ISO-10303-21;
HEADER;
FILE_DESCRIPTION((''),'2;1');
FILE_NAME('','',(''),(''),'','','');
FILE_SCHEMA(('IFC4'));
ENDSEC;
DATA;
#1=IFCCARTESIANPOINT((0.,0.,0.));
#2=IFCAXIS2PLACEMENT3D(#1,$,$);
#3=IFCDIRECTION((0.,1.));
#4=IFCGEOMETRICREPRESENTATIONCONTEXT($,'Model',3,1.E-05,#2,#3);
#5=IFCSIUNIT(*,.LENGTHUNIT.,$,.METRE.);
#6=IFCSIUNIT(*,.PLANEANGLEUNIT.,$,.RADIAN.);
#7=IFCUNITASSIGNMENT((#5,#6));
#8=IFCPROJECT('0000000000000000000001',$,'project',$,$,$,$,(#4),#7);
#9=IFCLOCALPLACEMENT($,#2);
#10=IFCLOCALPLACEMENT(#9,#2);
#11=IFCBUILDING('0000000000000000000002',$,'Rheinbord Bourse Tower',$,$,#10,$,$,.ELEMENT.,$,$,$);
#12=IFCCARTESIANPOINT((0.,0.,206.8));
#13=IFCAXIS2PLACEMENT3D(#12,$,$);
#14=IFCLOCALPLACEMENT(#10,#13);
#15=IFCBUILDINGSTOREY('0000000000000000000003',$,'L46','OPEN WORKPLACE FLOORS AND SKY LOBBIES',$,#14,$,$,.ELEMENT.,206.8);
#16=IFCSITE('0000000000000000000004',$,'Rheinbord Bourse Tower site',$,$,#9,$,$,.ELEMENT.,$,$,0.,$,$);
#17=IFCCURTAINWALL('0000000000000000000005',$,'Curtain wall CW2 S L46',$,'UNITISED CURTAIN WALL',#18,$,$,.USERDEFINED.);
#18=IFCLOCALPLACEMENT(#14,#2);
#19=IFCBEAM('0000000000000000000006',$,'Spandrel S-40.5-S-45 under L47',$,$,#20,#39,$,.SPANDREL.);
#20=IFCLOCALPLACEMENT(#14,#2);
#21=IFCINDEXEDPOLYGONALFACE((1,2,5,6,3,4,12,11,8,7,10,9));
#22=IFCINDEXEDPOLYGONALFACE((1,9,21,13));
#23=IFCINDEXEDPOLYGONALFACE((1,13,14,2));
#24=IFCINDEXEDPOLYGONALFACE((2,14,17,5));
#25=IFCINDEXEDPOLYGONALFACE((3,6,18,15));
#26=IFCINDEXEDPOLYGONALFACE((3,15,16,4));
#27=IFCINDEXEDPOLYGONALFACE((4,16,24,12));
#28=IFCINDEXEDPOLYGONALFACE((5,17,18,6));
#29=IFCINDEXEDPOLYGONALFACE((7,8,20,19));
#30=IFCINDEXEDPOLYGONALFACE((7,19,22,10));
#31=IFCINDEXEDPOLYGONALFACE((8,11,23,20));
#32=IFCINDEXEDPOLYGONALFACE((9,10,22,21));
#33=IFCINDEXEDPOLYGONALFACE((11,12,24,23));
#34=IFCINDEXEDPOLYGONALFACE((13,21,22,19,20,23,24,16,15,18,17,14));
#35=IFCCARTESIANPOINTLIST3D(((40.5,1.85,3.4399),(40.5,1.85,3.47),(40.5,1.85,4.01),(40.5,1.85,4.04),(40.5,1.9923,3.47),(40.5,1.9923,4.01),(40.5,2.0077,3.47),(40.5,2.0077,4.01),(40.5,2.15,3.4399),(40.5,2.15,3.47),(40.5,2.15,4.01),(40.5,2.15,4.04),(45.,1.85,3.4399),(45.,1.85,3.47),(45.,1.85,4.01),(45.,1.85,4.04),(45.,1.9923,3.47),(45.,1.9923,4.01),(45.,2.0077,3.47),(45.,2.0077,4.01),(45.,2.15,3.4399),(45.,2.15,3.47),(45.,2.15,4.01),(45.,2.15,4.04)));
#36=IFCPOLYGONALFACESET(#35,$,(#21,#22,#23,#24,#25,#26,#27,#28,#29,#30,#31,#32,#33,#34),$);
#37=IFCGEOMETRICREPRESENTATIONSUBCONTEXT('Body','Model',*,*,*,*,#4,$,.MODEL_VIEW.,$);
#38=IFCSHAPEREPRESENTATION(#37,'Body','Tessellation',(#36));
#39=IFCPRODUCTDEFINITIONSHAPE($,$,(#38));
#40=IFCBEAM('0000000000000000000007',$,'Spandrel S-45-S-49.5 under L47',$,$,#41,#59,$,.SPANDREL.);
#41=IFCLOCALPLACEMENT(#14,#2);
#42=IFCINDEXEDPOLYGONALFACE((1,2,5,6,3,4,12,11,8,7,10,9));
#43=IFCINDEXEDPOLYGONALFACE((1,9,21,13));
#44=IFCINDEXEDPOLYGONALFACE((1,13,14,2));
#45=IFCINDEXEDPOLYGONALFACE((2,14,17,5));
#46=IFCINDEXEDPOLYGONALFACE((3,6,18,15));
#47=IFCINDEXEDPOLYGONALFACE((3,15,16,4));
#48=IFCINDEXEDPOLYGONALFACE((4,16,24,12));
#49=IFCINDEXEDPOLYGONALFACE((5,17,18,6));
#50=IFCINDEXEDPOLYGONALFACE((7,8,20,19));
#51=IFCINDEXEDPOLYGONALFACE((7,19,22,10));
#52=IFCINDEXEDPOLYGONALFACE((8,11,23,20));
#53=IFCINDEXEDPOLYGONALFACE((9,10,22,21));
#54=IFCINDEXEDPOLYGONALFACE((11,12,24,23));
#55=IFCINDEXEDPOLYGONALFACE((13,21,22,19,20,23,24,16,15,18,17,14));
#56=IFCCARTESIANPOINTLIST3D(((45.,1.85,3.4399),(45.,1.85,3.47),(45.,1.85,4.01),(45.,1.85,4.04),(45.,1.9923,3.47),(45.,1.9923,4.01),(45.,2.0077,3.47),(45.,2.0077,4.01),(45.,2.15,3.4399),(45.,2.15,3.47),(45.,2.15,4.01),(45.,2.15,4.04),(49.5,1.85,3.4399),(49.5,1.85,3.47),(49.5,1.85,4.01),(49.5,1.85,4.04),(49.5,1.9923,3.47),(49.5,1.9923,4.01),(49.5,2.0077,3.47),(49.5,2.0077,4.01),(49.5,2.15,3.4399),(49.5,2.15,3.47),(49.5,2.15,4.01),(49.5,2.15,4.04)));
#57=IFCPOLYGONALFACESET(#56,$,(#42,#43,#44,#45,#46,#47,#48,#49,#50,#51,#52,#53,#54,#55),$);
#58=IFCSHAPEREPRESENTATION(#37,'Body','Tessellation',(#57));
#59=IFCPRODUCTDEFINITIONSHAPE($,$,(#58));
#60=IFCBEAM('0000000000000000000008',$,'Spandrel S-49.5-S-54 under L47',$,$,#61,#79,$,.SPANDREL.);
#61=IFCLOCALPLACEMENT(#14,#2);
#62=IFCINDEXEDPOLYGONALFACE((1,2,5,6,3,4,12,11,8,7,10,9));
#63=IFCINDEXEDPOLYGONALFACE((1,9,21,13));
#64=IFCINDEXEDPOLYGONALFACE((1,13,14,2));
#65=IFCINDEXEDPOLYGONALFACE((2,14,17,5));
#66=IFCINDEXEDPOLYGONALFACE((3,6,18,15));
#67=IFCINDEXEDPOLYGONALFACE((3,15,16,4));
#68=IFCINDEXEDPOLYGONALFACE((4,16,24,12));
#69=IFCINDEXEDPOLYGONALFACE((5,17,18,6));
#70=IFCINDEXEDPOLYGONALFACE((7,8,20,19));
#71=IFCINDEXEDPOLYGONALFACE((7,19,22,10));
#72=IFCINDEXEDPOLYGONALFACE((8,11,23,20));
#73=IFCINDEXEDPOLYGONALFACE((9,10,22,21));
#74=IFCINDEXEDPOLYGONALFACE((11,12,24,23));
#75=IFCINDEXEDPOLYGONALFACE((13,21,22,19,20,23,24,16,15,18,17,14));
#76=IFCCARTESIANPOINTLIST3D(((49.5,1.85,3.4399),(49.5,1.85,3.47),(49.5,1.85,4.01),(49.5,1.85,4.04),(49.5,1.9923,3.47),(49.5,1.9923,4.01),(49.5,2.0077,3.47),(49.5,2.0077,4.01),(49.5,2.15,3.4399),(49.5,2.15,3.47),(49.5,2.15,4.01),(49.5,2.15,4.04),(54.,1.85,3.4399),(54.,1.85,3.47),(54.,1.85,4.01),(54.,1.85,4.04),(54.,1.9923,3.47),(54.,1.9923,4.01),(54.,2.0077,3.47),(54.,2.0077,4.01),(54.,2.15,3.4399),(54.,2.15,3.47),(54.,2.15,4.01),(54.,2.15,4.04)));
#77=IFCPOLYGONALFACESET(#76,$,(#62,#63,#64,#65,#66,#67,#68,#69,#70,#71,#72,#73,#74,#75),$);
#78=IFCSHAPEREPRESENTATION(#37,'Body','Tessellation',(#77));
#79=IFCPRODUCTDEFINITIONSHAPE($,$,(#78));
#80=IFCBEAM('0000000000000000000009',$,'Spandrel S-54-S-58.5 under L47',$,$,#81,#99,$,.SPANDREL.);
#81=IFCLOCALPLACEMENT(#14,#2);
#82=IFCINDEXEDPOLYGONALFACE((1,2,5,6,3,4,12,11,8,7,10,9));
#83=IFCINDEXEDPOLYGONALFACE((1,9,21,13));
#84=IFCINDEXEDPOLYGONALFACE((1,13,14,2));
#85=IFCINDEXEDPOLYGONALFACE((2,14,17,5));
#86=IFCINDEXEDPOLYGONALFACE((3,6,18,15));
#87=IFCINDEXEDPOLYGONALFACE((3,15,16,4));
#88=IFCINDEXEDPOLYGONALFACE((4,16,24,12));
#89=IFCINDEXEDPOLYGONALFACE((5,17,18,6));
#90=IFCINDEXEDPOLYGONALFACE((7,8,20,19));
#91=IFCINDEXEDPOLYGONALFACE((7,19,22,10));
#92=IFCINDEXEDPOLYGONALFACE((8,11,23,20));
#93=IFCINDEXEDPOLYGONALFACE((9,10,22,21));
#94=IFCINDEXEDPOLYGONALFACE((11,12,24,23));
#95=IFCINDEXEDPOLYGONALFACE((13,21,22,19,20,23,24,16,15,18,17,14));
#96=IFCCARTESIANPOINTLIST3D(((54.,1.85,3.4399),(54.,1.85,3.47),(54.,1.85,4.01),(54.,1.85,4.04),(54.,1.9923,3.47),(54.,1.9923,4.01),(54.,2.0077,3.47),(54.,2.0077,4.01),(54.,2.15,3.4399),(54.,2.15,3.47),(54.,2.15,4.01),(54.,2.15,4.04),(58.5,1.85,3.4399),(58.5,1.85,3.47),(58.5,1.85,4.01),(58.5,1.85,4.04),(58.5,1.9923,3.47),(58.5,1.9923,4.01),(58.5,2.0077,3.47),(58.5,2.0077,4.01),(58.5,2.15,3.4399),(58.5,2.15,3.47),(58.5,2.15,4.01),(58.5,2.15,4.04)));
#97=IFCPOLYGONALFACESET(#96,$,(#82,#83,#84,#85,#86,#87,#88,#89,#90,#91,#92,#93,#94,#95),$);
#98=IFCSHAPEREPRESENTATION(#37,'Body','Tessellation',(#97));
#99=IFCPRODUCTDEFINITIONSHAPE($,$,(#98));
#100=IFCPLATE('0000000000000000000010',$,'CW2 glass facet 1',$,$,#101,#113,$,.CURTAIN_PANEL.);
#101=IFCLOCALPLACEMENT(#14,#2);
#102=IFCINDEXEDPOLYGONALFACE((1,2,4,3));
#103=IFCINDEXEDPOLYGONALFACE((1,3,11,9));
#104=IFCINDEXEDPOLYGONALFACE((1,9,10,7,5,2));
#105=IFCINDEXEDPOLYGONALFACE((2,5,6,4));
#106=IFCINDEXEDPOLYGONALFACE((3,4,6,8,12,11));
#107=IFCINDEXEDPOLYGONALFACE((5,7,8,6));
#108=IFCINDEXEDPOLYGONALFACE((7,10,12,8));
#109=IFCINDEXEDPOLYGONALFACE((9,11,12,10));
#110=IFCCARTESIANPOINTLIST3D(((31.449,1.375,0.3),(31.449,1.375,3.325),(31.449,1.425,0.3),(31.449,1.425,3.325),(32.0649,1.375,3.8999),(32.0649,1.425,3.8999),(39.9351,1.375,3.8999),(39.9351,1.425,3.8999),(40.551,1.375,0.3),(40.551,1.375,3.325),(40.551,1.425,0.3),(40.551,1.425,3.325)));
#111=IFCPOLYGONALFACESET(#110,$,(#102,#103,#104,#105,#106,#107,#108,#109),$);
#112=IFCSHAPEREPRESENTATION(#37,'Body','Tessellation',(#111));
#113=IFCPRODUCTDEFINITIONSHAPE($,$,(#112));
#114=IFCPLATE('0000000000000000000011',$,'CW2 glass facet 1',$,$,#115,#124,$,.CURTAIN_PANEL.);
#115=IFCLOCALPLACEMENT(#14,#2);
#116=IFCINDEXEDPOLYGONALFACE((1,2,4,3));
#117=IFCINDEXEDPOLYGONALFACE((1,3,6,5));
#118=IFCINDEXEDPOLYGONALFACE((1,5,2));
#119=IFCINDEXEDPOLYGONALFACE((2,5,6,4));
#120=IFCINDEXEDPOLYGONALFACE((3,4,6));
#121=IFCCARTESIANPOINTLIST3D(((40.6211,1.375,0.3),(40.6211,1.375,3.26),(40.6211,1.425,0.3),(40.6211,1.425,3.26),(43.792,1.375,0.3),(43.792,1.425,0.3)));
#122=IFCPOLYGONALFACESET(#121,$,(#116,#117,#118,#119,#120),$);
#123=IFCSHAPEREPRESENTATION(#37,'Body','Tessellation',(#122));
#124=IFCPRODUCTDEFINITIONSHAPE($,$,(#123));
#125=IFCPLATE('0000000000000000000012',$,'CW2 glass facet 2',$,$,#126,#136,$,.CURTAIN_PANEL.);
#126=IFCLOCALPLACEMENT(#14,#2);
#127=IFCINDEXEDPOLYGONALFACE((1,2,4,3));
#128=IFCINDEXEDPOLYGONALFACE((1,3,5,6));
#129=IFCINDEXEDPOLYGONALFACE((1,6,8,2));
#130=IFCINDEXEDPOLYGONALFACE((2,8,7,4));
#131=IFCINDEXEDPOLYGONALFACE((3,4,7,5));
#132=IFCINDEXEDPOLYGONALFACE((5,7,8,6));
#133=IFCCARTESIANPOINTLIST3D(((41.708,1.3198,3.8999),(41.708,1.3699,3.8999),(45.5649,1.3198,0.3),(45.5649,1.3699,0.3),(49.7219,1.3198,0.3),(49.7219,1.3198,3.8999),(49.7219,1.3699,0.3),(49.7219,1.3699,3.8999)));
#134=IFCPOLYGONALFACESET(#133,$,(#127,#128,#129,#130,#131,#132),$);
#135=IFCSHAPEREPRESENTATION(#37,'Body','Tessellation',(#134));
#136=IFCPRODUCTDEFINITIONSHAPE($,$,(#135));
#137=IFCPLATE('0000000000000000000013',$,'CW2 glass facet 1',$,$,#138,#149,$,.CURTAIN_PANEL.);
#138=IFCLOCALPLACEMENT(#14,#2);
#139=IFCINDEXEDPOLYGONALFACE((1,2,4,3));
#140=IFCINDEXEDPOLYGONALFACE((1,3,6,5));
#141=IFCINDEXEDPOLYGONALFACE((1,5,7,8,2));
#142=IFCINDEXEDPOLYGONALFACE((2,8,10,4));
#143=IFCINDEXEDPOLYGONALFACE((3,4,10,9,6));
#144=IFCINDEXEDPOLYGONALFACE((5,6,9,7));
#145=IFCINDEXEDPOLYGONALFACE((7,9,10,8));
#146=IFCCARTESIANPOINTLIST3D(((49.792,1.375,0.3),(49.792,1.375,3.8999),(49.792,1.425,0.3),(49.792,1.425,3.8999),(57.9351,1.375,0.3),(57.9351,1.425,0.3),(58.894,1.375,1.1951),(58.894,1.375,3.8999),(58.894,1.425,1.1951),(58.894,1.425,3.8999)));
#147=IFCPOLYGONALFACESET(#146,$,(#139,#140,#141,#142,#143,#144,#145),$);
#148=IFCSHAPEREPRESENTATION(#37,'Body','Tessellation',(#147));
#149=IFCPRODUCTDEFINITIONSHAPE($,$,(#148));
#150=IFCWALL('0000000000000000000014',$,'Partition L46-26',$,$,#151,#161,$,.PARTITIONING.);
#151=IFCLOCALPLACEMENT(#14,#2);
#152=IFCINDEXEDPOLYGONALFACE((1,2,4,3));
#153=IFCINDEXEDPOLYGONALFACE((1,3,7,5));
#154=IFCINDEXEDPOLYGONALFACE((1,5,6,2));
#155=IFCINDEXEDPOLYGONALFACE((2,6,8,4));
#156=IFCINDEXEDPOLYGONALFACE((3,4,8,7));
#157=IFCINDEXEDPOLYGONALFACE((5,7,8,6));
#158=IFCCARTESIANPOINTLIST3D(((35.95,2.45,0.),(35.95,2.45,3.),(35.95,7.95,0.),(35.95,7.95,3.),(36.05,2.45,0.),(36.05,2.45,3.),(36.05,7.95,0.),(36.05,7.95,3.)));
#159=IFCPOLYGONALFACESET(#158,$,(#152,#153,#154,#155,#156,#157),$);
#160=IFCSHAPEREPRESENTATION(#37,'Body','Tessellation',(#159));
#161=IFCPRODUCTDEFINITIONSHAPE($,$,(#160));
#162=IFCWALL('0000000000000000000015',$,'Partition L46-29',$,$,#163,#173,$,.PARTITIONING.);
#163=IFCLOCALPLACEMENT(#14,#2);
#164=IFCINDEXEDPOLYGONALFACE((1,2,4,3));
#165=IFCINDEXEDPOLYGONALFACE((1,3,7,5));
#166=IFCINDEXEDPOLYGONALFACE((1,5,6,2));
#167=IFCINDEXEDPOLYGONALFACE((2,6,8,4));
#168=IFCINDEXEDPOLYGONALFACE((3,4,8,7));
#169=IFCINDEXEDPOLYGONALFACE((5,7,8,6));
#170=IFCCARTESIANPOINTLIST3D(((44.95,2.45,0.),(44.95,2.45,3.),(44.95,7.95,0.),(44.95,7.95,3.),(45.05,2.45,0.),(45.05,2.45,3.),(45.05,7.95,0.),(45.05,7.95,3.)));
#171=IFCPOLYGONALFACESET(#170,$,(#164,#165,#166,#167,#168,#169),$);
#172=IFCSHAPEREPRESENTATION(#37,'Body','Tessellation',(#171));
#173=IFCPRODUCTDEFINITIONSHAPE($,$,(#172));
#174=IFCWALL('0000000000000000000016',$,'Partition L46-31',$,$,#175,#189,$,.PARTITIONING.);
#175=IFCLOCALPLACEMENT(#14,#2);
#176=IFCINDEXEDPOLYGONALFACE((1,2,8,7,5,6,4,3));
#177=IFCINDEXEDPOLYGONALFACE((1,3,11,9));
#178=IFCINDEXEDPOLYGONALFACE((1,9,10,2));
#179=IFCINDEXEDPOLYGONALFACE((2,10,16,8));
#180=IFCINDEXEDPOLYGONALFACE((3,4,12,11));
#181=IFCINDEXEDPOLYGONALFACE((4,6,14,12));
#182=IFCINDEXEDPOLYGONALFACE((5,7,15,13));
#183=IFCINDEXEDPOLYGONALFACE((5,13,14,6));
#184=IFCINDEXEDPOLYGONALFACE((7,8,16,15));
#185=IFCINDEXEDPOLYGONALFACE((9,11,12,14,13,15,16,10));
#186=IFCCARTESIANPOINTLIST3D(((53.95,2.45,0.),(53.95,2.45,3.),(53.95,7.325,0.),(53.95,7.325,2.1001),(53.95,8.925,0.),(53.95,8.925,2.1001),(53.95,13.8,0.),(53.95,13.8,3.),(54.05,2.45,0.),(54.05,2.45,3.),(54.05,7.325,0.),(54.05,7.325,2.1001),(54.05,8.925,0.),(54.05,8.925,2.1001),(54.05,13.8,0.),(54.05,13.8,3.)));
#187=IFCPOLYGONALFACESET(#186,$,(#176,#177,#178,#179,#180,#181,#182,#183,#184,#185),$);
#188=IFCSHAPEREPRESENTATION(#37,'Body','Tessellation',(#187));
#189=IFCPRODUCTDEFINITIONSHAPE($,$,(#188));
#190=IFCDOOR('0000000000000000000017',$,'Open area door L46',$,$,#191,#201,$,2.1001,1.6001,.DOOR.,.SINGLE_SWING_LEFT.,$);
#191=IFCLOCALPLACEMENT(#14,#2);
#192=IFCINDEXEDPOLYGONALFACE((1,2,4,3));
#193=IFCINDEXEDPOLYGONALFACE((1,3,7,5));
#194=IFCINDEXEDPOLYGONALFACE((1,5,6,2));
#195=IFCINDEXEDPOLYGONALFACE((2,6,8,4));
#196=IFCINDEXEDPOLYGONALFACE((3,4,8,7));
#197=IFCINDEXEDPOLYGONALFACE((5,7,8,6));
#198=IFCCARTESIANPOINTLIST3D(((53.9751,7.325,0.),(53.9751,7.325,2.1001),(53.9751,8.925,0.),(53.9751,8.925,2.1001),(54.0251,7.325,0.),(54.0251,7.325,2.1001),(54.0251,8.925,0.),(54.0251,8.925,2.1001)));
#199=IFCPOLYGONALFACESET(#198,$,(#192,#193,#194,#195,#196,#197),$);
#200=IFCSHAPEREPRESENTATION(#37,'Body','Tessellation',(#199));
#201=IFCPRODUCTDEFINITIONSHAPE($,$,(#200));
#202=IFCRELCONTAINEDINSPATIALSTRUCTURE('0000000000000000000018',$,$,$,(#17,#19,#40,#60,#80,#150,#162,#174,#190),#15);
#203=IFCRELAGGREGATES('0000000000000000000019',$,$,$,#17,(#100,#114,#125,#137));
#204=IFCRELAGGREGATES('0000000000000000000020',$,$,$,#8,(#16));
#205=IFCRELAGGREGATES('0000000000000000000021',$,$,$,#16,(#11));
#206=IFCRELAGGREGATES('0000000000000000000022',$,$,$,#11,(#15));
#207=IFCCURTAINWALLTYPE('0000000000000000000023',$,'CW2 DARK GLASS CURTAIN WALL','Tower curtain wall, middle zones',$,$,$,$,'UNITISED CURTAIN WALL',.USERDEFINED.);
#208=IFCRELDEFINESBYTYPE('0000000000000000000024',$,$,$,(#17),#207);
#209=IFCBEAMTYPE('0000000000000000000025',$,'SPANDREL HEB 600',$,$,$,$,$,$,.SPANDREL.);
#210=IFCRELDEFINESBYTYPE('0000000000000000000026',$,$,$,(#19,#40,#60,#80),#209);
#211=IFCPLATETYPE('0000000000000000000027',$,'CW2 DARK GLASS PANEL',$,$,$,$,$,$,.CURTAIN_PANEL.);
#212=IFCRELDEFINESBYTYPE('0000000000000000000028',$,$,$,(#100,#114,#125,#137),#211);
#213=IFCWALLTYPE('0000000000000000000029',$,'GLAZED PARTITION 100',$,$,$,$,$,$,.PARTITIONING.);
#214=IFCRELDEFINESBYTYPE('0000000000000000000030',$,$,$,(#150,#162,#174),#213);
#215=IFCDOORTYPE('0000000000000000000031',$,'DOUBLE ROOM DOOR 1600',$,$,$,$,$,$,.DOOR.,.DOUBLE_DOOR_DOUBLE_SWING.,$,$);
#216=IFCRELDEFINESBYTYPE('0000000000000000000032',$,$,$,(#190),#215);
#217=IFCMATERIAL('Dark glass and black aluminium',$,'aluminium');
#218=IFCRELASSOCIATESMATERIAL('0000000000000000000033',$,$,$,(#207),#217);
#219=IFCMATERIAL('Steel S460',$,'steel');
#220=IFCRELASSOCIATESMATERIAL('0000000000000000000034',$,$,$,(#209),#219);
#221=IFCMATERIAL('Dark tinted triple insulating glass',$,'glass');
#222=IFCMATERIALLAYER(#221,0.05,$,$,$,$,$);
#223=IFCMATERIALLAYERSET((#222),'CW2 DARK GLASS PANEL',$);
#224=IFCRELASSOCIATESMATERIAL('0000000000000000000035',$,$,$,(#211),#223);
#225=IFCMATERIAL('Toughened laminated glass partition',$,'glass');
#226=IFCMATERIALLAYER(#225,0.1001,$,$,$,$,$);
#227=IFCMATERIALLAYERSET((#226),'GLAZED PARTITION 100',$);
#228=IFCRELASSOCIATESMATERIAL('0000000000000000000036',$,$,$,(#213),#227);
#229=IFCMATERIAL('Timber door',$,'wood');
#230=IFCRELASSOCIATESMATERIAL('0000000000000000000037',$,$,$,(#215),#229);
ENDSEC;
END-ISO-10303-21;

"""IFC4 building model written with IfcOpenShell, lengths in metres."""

from ifc_helpers import new_model, si_unit, direction, frame, frame_2d, origin, origin_2d, place, context, subcontext, project, spatial, polyline, rectangle, i_section, outline, extrude, material, layer, layer_set, material_profile, profile_set, type_object, element, fill, aggregate, save


model = new_model("IFC4")

# Units and contexts
model_context = context("Model", 3, precision=1e-05, world=origin(), true_north=direction((0.0, 1.0)))
body_context = subcontext(model_context, "Body", "Model", "MODEL_VIEW")
ifc_project = project(units=[si_unit("LENGTHUNIT", "METRE"), si_unit("PLANEANGLEUNIT", "RADIAN")], contexts=[model_context])

# Site, building, storey
site_placement = place(None, origin())
site = spatial("IfcSite", under=ifc_project, at=site_placement, Name="Rheinbord Bourse Tower site", CompositionType="ELEMENT", RefElevation=0.0)
building_placement = place(site_placement, origin())
building = spatial("IfcBuilding", under=site, at=building_placement, Name="Rheinbord Bourse Tower", CompositionType="ELEMENT")
storey_placement = place(building_placement, frame((0.0, 0.0, 206.8)))
storey = spatial("IfcBuildingStorey", under=building, at=storey_placement, Name="L46", Description="OPEN WORKPLACE FLOORS AND SKY LOBBIES", CompositionType="ELEMENT", Elevation=206.8)

# Curtain wall
ifc_material_1 = material(Name="Dark glass and black aluminium", Category="aluminium")
curtain_wall_type = type_object("IfcCurtainWallType", Name="CW2 DARK GLASS CURTAIN WALL", Description="Tower curtain wall, middle zones", ElementType="UNITISED CURTAIN WALL", PredefinedType="USERDEFINED", material=ifc_material_1)
curtain_wall_placement = place(storey_placement, origin())
curtain_wall = element("IfcCurtainWall", 1, at=curtain_wall_placement, inside=storey, type_object=curtain_wall_type, Name="Curtain wall CW2 S L46", ObjectType="UNITISED CURTAIN WALL", PredefinedType="USERDEFINED")

# Beams
ifc_material_2 = material(Name="Steel S460", Category="steel")
ifc_material_profile_1 = material_profile(ifc_material_2, i_section(OverallWidth=0.3, OverallDepth=0.6001, WebThickness=0.0154, FlangeThickness=0.03, at=origin_2d()), Name="HEB 600")
ifc_profile_set_1 = profile_set([ifc_material_profile_1], Name="Steel S460")
beam_type_1 = type_object("IfcBeamType", Name="SPANDREL HEB 600", PredefinedType="SPANDREL", material=ifc_profile_set_1)
for number, where, z_axis, x_axis, name in (
    (2, (40.5, 2.0, 3.74), (1.0, 0.0, 0.0), (0.0, 1.0, 0.0), "Spandrel S-40.5-S-45 under L47"),
    (3, (45.0, 2.0, 3.74), (1.0, 0.0, 0.0), (0.0, 1.0, 0.0), "Spandrel S-45-S-49.5 under L47"),
    (4, (49.5, 2.0, 3.74), (1.0, 0.0, 0.0), (0.0, 1.0, 0.0), "Spandrel S-49.5-S-54 under L47"),
    (5, (54.0, 2.0, 3.74), (1.0, 0.0, 0.0), (0.0, 1.0, 0.0), "Spandrel S-54-S-58.5 under L47"),
):
    element("IfcBeam", number, at=place(storey_placement, frame(where, z_axis=z_axis, x_axis=x_axis)), inside=storey, type_object=beam_type_1, Name=name, PredefinedType="SPANDREL", context=body_context, shape_type="SweptSolid", body=[
        extrude(i_section(OverallWidth=0.3, OverallDepth=0.6001, WebThickness=0.0154, FlangeThickness=0.03, at=origin_2d()), origin(), (0.0, 0.0, 1.0), 4.5),
    ])

# Plates
ifc_material_3 = material(Name="Dark tinted triple insulating glass", Category="glass")
ifc_layer_1 = layer(ifc_material_3, 0.05)
ifc_layer_set_1 = layer_set([ifc_layer_1], Name="CW2 DARK GLASS PANEL")
plate_type = type_object("IfcPlateType", Name="CW2 DARK GLASS PANEL", PredefinedType="CURTAIN_PANEL", material=ifc_layer_set_1)
plate_1_placement = place(storey_placement, frame((40.551, 1.375, 0.3), z_axis=(0.0, 1.0, 0.0), x_axis=(-1.0, 0.0, 0.0)))
plate_1 = element("IfcPlate", 6, at=plate_1_placement, type_object=plate_type, Name="CW2 glass facet 1", PredefinedType="CURTAIN_PANEL", context=body_context, shape_type="SweptSolid", body=[
    extrude(outline(polyline([(0.0, 0.0), (9.1021, 0.0), (9.1021, 3.0249), (8.4861, 3.5999), (0.616, 3.5999), (0.0, 3.0249), (0.0, 0.0)])), origin(), (0.0, 0.0, 1.0), 0.05),
])
plate_2_placement = place(storey_placement, frame((40.6211, 1.375, 0.3), z_axis=(0.0, 1.0, 0.0), x_axis=(0.0, 0.0, 1.0)))
plate_2 = element("IfcPlate", 7, at=plate_2_placement, type_object=plate_type, Name="CW2 glass facet 1", PredefinedType="CURTAIN_PANEL", context=body_context, shape_type="SweptSolid", body=[
    extrude(outline(polyline([(0.0, 0.0), (2.96, 0.0), (0.0, 3.1709), (0.0, 0.0)])), origin(), (0.0, 0.0, 1.0), 0.05),
])
plate_3_placement = place(storey_placement, frame((49.7219, 1.3198, 3.8999), z_axis=(0.0, 1.0, 0.0), x_axis=(0.0, 0.0, -1.0)))
plate_3 = element("IfcPlate", 8, at=plate_3_placement, type_object=plate_type, Name="CW2 glass facet 2", PredefinedType="CURTAIN_PANEL", context=body_context, shape_type="SweptSolid", body=[
    extrude(outline(polyline([(0.0, 0.0), (3.5999, 0.0), (3.5999, 4.157), (0.0, 8.0139), (0.0, 0.0)])), origin(), (0.0, 0.0, 1.0), 0.05),
])
plate_4_placement = place(storey_placement, frame((49.792, 1.375, 0.3), z_axis=(0.0, 1.0, 0.0), x_axis=(0.0, 0.0, 1.0)))
plate_4 = element("IfcPlate", 9, at=plate_4_placement, type_object=plate_type, Name="CW2 glass facet 1", PredefinedType="CURTAIN_PANEL", context=body_context, shape_type="SweptSolid", body=[
    extrude(outline(polyline([(0.0, 0.0), (3.5999, 0.0), (3.5999, 9.1021), (0.895, 9.1021), (0.0, 8.1431), (0.0, 0.0)])), origin(), (0.0, 0.0, 1.0), 0.05),
])
aggregate(curtain_wall, [plate_1, plate_2, plate_3, plate_4])

# Walls
ifc_material_4 = material(Name="Toughened laminated glass partition", Category="glass")
ifc_layer_2 = layer(ifc_material_4, 0.1001)
ifc_layer_set_2 = layer_set([ifc_layer_2], Name="GLAZED PARTITION 100")
wall_type = type_object("IfcWallType", Name="GLAZED PARTITION 100", PredefinedType="PARTITIONING", material=ifc_layer_set_2)
for number, where, z_axis, x_axis, name in (
    (10, (36.0, 2.45, 0.0), (0.0, 0.0, 1.0), (0.0, 1.0, 0.0), "Partition L46-26"),
    (11, (45.0, 2.45, 0.0), (0.0, 0.0, 1.0), (0.0, 1.0, 0.0), "Partition L46-29"),
):
    element("IfcWall", number, at=place(storey_placement, frame(where, z_axis=z_axis, x_axis=x_axis)), inside=storey, type_object=wall_type, Name=name, PredefinedType="PARTITIONING", context=body_context, shape_type="SweptSolid", body=[
        extrude(rectangle(XDim=5.5, YDim=0.1001, at=frame_2d((2.75, 0.0))), origin(), (0.0, 0.0, 1.0), 3.0),
    ])

# Wall, opening, door
wall_placement = place(storey_placement, frame((54.0, 2.45, 0.0), z_axis=(0.0, 0.0, 1.0), x_axis=(0.0, 1.0, 0.0)))
wall = element("IfcWall", 12, at=wall_placement, inside=storey, type_object=wall_type, Name="Partition L46-31", PredefinedType="PARTITIONING", context=body_context, shape_type="SweptSolid", body=[
    extrude(rectangle(XDim=11.3501, YDim=0.1001, at=frame_2d((5.675, 0.0))), origin(), (0.0, 0.0, 1.0), 3.0),
])
opening_placement = place(wall_placement, frame((4.875, 0.0, 0.0)))
opening = element("IfcOpeningElement", 13, at=opening_placement, cuts=wall, PredefinedType="OPENING", context=body_context, shape_type="SweptSolid", body=[
    extrude(rectangle(XDim=1.6001, YDim=2.1001, at=frame_2d((0.8, 1.05))), frame((0.0, 0.0601, 0.0), z_axis=(0.0, -1.0, 0.0), x_axis=(1.0, 0.0, 0.0)), (0.0, 0.0, 1.0), 0.1201),
])
ifc_material_5 = material(Name="Timber door", Category="wood")
door_type = type_object("IfcDoorType", Name="DOUBLE ROOM DOOR 1600", OperationType="DOUBLE_DOOR_DOUBLE_SWING", PredefinedType="DOOR", material=ifc_material_5)
door_placement = place(opening_placement, origin())
door = element("IfcDoor", 14, at=door_placement, inside=storey, type_object=door_type, Name="Open area door L46", OperationType="SINGLE_SWING_LEFT", OverallHeight=2.1001, OverallWidth=1.6001, PredefinedType="DOOR", context=body_context, shape_type="SweptSolid", body=[
    extrude(rectangle(XDim=1.6001, YDim=2.1001, at=frame_2d((0.8, 1.05))), frame((0.0, 0.0249, 0.0), z_axis=(0.0, -1.0, 0.0), x_axis=(1.0, 0.0, 0.0)), (0.0, 0.0, 1.0), 0.05),
])
fill(opening, door)

save(model, "model.ifc")
